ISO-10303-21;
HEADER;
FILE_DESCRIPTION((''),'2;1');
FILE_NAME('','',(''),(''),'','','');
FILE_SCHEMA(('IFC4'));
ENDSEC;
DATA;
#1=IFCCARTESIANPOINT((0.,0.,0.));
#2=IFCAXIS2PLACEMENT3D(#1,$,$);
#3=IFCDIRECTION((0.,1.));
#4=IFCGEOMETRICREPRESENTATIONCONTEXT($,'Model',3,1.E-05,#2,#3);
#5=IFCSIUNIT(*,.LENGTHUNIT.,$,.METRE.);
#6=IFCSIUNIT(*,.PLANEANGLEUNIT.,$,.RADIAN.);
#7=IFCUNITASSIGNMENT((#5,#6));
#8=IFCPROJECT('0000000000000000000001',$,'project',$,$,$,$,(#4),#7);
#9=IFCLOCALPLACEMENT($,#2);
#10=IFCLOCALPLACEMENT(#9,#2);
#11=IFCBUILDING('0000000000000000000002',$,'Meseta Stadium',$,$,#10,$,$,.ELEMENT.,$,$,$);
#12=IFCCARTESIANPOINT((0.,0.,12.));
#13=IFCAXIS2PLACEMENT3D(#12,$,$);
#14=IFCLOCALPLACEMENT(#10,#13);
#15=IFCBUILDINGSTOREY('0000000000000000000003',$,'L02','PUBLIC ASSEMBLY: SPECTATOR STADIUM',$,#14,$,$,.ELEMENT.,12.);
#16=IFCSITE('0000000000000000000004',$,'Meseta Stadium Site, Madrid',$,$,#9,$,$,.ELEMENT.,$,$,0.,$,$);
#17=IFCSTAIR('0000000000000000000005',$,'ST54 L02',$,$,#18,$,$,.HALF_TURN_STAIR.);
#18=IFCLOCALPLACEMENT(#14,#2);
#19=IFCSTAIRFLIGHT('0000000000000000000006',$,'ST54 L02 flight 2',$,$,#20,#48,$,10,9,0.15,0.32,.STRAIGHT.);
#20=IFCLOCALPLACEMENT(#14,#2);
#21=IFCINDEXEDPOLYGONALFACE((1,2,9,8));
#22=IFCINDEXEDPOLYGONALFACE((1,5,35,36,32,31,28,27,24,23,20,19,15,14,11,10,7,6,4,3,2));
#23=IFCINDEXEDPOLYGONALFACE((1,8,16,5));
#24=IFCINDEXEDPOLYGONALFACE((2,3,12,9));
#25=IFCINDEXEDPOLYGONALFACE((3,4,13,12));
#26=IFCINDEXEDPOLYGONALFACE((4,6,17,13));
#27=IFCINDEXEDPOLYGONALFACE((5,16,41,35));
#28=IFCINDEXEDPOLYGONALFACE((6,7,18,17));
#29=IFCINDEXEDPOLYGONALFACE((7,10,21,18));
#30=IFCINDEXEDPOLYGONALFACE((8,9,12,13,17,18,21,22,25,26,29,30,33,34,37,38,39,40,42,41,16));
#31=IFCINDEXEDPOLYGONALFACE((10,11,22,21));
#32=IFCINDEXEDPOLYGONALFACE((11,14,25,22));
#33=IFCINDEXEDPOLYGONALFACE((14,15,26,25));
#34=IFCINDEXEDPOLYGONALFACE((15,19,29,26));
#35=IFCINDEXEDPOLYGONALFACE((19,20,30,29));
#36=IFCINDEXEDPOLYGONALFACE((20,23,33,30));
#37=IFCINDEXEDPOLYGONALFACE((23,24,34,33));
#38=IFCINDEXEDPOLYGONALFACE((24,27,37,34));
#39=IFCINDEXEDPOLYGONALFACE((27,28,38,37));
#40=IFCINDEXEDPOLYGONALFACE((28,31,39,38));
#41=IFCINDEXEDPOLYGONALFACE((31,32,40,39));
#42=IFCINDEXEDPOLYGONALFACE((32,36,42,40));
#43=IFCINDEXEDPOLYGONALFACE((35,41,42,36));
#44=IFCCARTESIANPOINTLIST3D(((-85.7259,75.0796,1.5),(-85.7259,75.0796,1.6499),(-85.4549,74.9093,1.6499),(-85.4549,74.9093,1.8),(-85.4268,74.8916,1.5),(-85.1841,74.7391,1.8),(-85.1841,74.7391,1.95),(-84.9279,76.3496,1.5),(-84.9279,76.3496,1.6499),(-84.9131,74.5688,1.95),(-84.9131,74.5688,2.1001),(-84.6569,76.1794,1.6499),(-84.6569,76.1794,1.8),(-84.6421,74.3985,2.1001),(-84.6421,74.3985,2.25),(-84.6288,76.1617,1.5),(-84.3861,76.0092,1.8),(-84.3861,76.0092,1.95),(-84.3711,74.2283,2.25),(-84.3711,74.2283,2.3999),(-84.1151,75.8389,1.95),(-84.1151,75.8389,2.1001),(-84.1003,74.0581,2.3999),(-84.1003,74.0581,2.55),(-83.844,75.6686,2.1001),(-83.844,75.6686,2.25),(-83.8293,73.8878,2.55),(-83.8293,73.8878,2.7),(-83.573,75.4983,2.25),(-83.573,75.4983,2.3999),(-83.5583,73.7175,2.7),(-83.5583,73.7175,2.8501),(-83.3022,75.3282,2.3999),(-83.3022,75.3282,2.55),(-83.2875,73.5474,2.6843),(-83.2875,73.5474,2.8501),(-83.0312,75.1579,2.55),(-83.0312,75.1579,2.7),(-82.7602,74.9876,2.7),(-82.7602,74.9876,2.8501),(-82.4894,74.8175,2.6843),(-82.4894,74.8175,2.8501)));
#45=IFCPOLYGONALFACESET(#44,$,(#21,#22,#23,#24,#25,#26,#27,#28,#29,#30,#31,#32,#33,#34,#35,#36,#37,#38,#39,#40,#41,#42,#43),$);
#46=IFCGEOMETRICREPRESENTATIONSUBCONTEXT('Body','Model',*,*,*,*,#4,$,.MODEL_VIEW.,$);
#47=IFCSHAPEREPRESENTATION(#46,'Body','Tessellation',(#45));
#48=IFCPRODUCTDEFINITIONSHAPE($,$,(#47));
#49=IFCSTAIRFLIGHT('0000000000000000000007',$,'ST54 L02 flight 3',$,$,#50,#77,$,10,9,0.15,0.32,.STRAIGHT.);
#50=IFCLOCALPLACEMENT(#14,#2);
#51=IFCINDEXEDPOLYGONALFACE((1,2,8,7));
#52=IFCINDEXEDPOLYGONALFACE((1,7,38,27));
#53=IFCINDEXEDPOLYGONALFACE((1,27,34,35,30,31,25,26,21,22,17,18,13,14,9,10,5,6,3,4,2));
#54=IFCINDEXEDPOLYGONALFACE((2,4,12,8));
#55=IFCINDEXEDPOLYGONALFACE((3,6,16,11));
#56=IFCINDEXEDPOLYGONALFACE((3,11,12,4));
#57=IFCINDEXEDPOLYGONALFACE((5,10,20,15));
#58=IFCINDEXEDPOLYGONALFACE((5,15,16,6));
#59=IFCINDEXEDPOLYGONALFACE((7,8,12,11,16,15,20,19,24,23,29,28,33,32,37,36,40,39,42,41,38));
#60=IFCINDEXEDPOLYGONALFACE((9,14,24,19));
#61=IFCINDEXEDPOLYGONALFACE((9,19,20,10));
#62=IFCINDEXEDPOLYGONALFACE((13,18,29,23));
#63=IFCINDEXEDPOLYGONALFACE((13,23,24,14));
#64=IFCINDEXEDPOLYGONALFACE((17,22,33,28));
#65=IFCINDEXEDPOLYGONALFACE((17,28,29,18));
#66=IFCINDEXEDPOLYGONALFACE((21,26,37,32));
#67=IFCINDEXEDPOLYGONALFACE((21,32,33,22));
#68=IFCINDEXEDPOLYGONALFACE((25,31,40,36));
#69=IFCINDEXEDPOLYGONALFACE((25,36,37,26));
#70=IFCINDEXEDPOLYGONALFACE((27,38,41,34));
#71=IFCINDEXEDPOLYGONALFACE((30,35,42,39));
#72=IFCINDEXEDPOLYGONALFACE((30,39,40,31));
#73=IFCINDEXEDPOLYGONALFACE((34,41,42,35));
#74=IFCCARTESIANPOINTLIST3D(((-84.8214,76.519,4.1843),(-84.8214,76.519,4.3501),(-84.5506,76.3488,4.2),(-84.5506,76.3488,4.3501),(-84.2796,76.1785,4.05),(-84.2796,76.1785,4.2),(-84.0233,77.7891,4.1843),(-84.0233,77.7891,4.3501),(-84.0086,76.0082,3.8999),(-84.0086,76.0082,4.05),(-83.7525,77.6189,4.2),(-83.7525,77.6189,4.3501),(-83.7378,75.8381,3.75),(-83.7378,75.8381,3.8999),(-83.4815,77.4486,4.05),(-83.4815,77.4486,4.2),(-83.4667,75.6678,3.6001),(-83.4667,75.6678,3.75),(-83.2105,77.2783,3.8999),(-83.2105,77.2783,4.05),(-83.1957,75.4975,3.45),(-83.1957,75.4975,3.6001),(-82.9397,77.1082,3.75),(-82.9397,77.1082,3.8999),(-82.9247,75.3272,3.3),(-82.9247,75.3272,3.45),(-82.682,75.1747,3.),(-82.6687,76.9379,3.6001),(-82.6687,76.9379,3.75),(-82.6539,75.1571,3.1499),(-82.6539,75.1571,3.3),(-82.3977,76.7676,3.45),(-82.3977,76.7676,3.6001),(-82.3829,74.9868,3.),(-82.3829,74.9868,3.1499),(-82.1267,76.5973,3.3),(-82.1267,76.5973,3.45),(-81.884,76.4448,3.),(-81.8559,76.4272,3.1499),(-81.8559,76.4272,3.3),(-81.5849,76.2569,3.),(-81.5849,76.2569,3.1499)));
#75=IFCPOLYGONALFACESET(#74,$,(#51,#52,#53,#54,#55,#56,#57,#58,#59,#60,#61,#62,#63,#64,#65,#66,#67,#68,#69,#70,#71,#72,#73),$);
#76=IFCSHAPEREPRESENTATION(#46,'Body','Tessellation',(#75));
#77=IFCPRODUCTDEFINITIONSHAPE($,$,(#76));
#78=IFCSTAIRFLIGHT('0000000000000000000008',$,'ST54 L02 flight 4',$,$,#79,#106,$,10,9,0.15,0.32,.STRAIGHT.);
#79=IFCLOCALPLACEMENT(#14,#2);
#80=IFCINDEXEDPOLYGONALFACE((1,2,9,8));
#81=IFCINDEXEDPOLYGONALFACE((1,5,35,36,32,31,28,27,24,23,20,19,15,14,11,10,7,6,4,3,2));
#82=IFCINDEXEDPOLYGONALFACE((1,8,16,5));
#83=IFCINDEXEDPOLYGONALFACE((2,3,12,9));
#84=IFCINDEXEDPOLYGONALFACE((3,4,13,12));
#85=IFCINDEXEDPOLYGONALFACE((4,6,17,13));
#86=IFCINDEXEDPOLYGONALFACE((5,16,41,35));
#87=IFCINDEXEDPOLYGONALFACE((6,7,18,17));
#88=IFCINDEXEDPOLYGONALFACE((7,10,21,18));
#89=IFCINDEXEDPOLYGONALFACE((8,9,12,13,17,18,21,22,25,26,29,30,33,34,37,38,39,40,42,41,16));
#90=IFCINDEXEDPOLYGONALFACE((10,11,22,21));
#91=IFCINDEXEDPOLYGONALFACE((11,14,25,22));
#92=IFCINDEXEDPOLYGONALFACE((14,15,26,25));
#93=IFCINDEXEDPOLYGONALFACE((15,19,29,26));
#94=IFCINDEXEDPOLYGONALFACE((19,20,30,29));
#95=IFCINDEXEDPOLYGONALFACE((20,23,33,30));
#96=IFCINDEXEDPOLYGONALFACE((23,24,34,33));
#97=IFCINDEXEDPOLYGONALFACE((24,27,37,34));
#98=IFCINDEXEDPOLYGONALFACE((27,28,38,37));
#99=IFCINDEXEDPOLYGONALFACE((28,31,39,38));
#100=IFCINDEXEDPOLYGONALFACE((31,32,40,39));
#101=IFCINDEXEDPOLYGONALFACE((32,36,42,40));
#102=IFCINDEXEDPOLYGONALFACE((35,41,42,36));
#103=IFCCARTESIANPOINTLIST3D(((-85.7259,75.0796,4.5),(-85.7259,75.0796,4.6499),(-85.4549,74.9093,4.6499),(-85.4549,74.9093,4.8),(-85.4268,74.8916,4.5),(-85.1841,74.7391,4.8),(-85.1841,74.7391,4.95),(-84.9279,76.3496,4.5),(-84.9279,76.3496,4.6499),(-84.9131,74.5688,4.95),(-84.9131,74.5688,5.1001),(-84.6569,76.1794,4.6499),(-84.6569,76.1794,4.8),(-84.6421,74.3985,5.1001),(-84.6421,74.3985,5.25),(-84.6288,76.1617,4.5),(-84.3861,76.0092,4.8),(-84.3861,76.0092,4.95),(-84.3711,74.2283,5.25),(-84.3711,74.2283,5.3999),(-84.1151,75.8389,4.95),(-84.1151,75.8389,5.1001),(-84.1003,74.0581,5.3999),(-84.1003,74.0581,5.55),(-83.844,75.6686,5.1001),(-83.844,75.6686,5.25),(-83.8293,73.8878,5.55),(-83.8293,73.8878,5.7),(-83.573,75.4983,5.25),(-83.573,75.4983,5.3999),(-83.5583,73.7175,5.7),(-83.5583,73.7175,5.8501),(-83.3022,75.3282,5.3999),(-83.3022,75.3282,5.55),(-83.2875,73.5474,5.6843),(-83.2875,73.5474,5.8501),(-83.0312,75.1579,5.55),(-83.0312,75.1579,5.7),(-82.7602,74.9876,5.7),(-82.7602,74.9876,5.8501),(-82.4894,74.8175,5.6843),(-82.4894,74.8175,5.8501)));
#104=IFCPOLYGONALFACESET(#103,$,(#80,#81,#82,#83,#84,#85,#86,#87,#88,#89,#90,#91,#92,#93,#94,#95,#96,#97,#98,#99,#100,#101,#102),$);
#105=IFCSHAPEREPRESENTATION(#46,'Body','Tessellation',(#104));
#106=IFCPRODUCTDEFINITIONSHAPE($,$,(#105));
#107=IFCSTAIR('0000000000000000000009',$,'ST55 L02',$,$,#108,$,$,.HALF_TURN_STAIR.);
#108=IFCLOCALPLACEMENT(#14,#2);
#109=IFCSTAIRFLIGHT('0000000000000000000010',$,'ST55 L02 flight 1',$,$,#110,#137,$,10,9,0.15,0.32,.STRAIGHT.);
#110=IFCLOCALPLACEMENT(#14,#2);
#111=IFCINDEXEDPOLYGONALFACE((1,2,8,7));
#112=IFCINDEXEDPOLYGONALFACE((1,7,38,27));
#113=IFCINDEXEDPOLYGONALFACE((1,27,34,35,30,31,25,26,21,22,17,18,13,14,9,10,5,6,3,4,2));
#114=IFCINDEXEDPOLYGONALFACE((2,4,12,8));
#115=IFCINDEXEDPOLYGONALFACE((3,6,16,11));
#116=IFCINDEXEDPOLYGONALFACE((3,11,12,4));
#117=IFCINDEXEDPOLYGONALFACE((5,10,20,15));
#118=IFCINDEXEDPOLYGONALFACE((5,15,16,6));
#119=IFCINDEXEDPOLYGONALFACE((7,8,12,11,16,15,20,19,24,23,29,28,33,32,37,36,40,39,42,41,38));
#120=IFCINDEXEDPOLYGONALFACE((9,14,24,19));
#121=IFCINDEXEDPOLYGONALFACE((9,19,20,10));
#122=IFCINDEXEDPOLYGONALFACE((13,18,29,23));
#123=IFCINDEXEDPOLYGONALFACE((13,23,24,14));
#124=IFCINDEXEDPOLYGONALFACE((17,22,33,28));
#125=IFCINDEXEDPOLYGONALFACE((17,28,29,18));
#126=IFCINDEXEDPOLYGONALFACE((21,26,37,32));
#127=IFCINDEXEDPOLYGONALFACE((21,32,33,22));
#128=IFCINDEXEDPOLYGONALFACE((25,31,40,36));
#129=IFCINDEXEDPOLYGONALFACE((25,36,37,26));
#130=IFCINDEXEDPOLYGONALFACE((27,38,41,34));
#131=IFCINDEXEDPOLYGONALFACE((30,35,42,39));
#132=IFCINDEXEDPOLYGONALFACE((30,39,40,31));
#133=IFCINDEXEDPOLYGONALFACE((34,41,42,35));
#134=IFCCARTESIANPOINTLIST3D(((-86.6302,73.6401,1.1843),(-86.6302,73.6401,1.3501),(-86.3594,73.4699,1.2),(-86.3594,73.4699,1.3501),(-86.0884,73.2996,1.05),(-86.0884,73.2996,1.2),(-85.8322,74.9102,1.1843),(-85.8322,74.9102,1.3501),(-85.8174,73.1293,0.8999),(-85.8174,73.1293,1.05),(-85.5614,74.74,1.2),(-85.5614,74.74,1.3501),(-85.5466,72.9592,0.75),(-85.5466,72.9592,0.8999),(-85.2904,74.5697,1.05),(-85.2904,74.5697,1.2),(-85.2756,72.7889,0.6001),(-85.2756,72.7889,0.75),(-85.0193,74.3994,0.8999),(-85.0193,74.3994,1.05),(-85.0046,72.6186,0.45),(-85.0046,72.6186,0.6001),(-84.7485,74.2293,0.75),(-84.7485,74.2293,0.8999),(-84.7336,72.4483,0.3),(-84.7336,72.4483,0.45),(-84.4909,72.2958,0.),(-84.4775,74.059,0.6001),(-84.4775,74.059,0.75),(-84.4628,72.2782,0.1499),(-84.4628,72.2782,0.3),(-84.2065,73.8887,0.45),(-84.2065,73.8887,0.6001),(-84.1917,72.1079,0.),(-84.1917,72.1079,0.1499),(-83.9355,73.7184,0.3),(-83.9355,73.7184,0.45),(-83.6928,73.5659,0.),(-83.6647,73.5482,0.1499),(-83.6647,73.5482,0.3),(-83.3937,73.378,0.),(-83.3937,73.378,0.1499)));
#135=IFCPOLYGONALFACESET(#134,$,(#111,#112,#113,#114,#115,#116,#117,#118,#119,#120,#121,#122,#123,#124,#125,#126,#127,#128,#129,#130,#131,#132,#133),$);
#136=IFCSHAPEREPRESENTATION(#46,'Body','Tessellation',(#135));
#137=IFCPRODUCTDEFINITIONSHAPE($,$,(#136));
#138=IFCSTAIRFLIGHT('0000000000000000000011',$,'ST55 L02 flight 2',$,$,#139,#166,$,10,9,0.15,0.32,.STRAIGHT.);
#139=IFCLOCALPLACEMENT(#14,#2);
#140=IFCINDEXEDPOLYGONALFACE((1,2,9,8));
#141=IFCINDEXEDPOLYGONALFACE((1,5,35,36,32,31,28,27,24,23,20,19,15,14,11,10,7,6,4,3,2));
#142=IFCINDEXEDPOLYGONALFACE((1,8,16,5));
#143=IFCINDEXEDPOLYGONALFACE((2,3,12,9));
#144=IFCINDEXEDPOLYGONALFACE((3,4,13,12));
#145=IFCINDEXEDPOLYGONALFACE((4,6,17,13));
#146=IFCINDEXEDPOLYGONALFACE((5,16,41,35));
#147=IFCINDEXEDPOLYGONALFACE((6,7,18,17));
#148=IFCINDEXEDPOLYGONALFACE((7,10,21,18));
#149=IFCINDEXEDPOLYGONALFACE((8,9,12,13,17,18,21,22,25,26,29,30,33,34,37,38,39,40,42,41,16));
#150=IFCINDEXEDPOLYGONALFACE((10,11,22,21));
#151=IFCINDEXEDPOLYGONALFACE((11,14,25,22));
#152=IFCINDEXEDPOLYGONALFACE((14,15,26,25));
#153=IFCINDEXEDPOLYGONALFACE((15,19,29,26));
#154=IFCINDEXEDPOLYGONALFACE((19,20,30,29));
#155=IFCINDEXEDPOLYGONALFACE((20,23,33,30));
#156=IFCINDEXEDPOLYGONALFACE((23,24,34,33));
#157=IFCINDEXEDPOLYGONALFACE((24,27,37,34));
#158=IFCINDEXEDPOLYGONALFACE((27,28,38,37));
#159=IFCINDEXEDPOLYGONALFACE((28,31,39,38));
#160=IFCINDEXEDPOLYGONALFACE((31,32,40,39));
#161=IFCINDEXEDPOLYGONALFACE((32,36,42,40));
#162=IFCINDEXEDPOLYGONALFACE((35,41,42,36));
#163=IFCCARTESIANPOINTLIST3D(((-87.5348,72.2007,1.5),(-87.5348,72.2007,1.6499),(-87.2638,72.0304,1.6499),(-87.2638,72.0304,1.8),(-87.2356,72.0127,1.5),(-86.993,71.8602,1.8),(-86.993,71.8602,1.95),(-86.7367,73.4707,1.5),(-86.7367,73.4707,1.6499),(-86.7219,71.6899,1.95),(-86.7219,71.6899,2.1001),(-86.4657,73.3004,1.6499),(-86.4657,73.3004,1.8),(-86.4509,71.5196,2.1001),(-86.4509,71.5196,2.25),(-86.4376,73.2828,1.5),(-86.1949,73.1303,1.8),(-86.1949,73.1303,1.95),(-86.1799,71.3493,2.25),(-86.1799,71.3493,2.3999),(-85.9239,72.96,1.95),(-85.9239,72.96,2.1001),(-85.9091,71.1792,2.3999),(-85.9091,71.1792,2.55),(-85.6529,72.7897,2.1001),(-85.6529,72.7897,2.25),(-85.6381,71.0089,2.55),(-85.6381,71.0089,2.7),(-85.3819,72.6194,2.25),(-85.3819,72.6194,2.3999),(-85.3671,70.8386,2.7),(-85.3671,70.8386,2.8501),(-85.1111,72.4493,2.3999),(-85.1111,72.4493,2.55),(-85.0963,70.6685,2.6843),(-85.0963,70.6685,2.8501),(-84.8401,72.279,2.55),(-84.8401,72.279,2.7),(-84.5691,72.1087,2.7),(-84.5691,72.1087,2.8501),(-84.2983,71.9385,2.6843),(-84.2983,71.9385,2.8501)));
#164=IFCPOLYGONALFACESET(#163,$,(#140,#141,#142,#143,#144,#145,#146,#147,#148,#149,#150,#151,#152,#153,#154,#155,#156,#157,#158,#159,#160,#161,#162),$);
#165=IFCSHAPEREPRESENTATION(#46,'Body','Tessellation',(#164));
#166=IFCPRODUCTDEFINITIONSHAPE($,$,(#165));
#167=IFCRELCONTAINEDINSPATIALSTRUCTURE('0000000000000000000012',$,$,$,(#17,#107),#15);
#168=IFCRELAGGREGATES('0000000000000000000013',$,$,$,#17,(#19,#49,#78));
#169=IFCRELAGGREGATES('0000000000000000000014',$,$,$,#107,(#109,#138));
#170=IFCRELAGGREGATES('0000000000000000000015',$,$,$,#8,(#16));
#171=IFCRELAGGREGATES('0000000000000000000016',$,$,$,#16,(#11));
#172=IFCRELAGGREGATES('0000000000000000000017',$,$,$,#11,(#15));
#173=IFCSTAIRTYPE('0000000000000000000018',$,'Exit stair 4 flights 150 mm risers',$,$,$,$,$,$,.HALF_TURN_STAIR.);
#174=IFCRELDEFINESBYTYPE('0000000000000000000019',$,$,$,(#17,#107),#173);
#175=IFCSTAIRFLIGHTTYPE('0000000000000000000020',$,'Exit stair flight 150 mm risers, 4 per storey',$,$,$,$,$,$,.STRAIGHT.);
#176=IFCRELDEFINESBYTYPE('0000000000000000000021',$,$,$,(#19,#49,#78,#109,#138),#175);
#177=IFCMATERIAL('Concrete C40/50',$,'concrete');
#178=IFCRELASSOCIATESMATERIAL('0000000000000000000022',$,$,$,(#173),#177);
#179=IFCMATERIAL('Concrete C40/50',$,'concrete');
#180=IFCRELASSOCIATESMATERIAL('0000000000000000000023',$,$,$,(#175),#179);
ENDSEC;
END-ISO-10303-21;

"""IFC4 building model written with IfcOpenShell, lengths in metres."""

from ifc_helpers import new_model, si_unit, direction, frame, origin, place, context, subcontext, project, spatial, polyline, outline, extrude, material, type_object, element, aggregate, save


model = new_model("IFC4")

# Units and contexts
model_context = context("Model", 3, precision=1e-05, world=origin(), true_north=direction((0.0, 1.0)))
body_context = subcontext(model_context, "Body", "Model", "MODEL_VIEW")
ifc_project = project(units=[si_unit("LENGTHUNIT", "METRE"), si_unit("PLANEANGLEUNIT", "RADIAN")], contexts=[model_context])

# Site, building, storey
site_placement = place(None, origin())
site = spatial("IfcSite", under=ifc_project, at=site_placement, Name="Meseta Stadium Site, Madrid", CompositionType="ELEMENT", RefElevation=0.0)
building_placement = place(site_placement, origin())
building = spatial("IfcBuilding", under=site, at=building_placement, Name="Meseta Stadium", CompositionType="ELEMENT")
storey_placement = place(building_placement, frame((0.0, 0.0, 12.0)))
storey = spatial("IfcBuildingStorey", under=building, at=storey_placement, Name="L02", Description="PUBLIC ASSEMBLY: SPECTATOR STADIUM", CompositionType="ELEMENT", Elevation=12.0)

# Stairs, stair flights
ifc_material_1 = material(Name="Concrete C40/50", Category="concrete")
stair_type = type_object("IfcStairType", Name="Exit stair 4 flights 150 mm risers", PredefinedType="HALF_TURN_STAIR", material=ifc_material_1)
stair_1_placement = place(storey_placement, origin())
stair_1 = element("IfcStair", 1, at=stair_1_placement, inside=storey, type_object=stair_type, Name="ST54 L02", PredefinedType="HALF_TURN_STAIR")
ifc_material_2 = material(Name="Concrete C40/50", Category="concrete")
stair_flight_type = type_object("IfcStairFlightType", Name="Exit stair flight 150 mm risers, 4 per storey", PredefinedType="STRAIGHT", material=ifc_material_2)
stair_flight_1_placement = place(storey_placement, frame((-85.3269, 75.7146, 1.5), z_axis=(0.0, 0.0, 1.0), x_axis=(0.846724, -0.532032, 0.0)))
stair_flight_1 = element("IfcStairFlight", 2, at=stair_flight_1_placement, type_object=stair_flight_type, Name="ST54 L02 flight 2", NumberOfRisers=10, NumberOfTreads=9, PredefinedType="STRAIGHT", RiserHeight=0.15, TreadLength=0.32, context=body_context, shape_type="SweptSolid", body=[
    extrude(outline(polyline([(0.0, 0.0), (0.0, 0.1499), (0.3201, 0.1499), (0.3201, 0.3), (0.6399, 0.3), (0.6399, 0.45), (0.96, 0.45), (0.96, 0.6001), (1.28, 0.6001), (1.28, 0.75), (1.6001, 0.75), (1.6001, 0.8999), (1.9199, 0.8999), (1.9199, 1.05), (2.24, 1.05), (2.24, 1.2), (2.5601, 1.2), (2.5601, 1.3501), (2.8799, 1.3501), (2.8799, 1.1843), (0.3533, 0.0), (0.0, 0.0)])), frame((0.0, 0.75, 0.0), z_axis=(0.0, -1.0, 0.0), x_axis=(1.0, 0.0, 0.0)), (0.0, 0.0, 1.0), 1.5),
])
stair_flight_2_placement = place(storey_placement, frame((-81.9839, 75.6218, 3.0), z_axis=(0.0, 0.0, 1.0), x_axis=(-0.846724, 0.532032, 0.0)))
stair_flight_2 = element("IfcStairFlight", 3, at=stair_flight_2_placement, type_object=stair_flight_type, Name="ST54 L02 flight 3", NumberOfRisers=10, NumberOfTreads=9, PredefinedType="STRAIGHT", RiserHeight=0.15, TreadLength=0.32, context=body_context, shape_type="SweptSolid", body=[
    extrude(outline(polyline([(0.0, 0.0), (0.0, 0.1499), (0.3201, 0.1499), (0.3201, 0.3), (0.6399, 0.3), (0.6399, 0.45), (0.96, 0.45), (0.96, 0.6001), (1.28, 0.6001), (1.28, 0.75), (1.6001, 0.75), (1.6001, 0.8999), (1.9199, 0.8999), (1.9199, 1.05), (2.24, 1.05), (2.24, 1.2), (2.5601, 1.2), (2.5601, 1.3501), (2.8799, 1.3501), (2.8799, 1.1843), (0.3533, 0.0), (0.0, 0.0)])), frame((0.0, 0.75, 0.0), z_axis=(0.0, -1.0, 0.0), x_axis=(1.0, 0.0, 0.0)), (0.0, 0.0, 1.0), 1.5),
])
stair_flight_3_placement = place(storey_placement, frame((-85.3269, 75.7146, 4.5), z_axis=(0.0, 0.0, 1.0), x_axis=(0.846724, -0.532032, 0.0)))
stair_flight_3 = element("IfcStairFlight", 4, at=stair_flight_3_placement, type_object=stair_flight_type, Name="ST54 L02 flight 4", NumberOfRisers=10, NumberOfTreads=9, PredefinedType="STRAIGHT", RiserHeight=0.15, TreadLength=0.32, context=body_context, shape_type="SweptSolid", body=[
    extrude(outline(polyline([(0.0, 0.0), (0.0, 0.1499), (0.3201, 0.1499), (0.3201, 0.3), (0.6399, 0.3), (0.6399, 0.45), (0.96, 0.45), (0.96, 0.6001), (1.28, 0.6001), (1.28, 0.75), (1.6001, 0.75), (1.6001, 0.8999), (1.9199, 0.8999), (1.9199, 1.05), (2.24, 1.05), (2.24, 1.2), (2.5601, 1.2), (2.5601, 1.3501), (2.8799, 1.3501), (2.8799, 1.1843), (0.3533, 0.0), (0.0, 0.0)])), frame((0.0, 0.75, 0.0), z_axis=(0.0, -1.0, 0.0), x_axis=(1.0, 0.0, 0.0)), (0.0, 0.0, 1.0), 1.5),
])
aggregate(stair_1, [stair_flight_1, stair_flight_2, stair_flight_3])
stair_2_placement = place(storey_placement, origin())
stair_2 = element("IfcStair", 5, at=stair_2_placement, inside=storey, type_object=stair_type, Name="ST55 L02", PredefinedType="HALF_TURN_STAIR")
stair_flight_4_placement = place(storey_placement, frame((-83.7927, 72.7429, 0.0), z_axis=(0.0, 0.0, 1.0), x_axis=(-0.846724, 0.532032, 0.0)))
stair_flight_4 = element("IfcStairFlight", 6, at=stair_flight_4_placement, type_object=stair_flight_type, Name="ST55 L02 flight 1", NumberOfRisers=10, NumberOfTreads=9, PredefinedType="STRAIGHT", RiserHeight=0.15, TreadLength=0.32, context=body_context, shape_type="SweptSolid", body=[
    extrude(outline(polyline([(0.0, 0.0), (0.0, 0.1499), (0.3201, 0.1499), (0.3201, 0.3), (0.6399, 0.3), (0.6399, 0.45), (0.96, 0.45), (0.96, 0.6001), (1.28, 0.6001), (1.28, 0.75), (1.6001, 0.75), (1.6001, 0.8999), (1.9199, 0.8999), (1.9199, 1.05), (2.24, 1.05), (2.24, 1.2), (2.5601, 1.2), (2.5601, 1.3501), (2.8799, 1.3501), (2.8799, 1.1843), (0.3533, 0.0), (0.0, 0.0)])), frame((0.0, 0.75, 0.0), z_axis=(0.0, -1.0, 0.0), x_axis=(1.0, 0.0, 0.0)), (0.0, 0.0, 1.0), 1.5),
])
stair_flight_5_placement = place(storey_placement, frame((-87.1357, 72.8357, 1.5), z_axis=(0.0, 0.0, 1.0), x_axis=(0.846724, -0.532032, 0.0)))
stair_flight_5 = element("IfcStairFlight", 7, at=stair_flight_5_placement, type_object=stair_flight_type, Name="ST55 L02 flight 2", NumberOfRisers=10, NumberOfTreads=9, PredefinedType="STRAIGHT", RiserHeight=0.15, TreadLength=0.32, context=body_context, shape_type="SweptSolid", body=[
    extrude(outline(polyline([(0.0, 0.0), (0.0, 0.1499), (0.3201, 0.1499), (0.3201, 0.3), (0.6399, 0.3), (0.6399, 0.45), (0.96, 0.45), (0.96, 0.6001), (1.28, 0.6001), (1.28, 0.75), (1.6001, 0.75), (1.6001, 0.8999), (1.9199, 0.8999), (1.9199, 1.05), (2.24, 1.05), (2.24, 1.2), (2.5601, 1.2), (2.5601, 1.3501), (2.8799, 1.3501), (2.8799, 1.1843), (0.3533, 0.0), (0.0, 0.0)])), frame((0.0, 0.75, 0.0), z_axis=(0.0, -1.0, 0.0), x_axis=(1.0, 0.0, 0.0)), (0.0, 0.0, 1.0), 1.5),
])
aggregate(stair_2, [stair_flight_4, stair_flight_5])

save(model, "model.ifc")
